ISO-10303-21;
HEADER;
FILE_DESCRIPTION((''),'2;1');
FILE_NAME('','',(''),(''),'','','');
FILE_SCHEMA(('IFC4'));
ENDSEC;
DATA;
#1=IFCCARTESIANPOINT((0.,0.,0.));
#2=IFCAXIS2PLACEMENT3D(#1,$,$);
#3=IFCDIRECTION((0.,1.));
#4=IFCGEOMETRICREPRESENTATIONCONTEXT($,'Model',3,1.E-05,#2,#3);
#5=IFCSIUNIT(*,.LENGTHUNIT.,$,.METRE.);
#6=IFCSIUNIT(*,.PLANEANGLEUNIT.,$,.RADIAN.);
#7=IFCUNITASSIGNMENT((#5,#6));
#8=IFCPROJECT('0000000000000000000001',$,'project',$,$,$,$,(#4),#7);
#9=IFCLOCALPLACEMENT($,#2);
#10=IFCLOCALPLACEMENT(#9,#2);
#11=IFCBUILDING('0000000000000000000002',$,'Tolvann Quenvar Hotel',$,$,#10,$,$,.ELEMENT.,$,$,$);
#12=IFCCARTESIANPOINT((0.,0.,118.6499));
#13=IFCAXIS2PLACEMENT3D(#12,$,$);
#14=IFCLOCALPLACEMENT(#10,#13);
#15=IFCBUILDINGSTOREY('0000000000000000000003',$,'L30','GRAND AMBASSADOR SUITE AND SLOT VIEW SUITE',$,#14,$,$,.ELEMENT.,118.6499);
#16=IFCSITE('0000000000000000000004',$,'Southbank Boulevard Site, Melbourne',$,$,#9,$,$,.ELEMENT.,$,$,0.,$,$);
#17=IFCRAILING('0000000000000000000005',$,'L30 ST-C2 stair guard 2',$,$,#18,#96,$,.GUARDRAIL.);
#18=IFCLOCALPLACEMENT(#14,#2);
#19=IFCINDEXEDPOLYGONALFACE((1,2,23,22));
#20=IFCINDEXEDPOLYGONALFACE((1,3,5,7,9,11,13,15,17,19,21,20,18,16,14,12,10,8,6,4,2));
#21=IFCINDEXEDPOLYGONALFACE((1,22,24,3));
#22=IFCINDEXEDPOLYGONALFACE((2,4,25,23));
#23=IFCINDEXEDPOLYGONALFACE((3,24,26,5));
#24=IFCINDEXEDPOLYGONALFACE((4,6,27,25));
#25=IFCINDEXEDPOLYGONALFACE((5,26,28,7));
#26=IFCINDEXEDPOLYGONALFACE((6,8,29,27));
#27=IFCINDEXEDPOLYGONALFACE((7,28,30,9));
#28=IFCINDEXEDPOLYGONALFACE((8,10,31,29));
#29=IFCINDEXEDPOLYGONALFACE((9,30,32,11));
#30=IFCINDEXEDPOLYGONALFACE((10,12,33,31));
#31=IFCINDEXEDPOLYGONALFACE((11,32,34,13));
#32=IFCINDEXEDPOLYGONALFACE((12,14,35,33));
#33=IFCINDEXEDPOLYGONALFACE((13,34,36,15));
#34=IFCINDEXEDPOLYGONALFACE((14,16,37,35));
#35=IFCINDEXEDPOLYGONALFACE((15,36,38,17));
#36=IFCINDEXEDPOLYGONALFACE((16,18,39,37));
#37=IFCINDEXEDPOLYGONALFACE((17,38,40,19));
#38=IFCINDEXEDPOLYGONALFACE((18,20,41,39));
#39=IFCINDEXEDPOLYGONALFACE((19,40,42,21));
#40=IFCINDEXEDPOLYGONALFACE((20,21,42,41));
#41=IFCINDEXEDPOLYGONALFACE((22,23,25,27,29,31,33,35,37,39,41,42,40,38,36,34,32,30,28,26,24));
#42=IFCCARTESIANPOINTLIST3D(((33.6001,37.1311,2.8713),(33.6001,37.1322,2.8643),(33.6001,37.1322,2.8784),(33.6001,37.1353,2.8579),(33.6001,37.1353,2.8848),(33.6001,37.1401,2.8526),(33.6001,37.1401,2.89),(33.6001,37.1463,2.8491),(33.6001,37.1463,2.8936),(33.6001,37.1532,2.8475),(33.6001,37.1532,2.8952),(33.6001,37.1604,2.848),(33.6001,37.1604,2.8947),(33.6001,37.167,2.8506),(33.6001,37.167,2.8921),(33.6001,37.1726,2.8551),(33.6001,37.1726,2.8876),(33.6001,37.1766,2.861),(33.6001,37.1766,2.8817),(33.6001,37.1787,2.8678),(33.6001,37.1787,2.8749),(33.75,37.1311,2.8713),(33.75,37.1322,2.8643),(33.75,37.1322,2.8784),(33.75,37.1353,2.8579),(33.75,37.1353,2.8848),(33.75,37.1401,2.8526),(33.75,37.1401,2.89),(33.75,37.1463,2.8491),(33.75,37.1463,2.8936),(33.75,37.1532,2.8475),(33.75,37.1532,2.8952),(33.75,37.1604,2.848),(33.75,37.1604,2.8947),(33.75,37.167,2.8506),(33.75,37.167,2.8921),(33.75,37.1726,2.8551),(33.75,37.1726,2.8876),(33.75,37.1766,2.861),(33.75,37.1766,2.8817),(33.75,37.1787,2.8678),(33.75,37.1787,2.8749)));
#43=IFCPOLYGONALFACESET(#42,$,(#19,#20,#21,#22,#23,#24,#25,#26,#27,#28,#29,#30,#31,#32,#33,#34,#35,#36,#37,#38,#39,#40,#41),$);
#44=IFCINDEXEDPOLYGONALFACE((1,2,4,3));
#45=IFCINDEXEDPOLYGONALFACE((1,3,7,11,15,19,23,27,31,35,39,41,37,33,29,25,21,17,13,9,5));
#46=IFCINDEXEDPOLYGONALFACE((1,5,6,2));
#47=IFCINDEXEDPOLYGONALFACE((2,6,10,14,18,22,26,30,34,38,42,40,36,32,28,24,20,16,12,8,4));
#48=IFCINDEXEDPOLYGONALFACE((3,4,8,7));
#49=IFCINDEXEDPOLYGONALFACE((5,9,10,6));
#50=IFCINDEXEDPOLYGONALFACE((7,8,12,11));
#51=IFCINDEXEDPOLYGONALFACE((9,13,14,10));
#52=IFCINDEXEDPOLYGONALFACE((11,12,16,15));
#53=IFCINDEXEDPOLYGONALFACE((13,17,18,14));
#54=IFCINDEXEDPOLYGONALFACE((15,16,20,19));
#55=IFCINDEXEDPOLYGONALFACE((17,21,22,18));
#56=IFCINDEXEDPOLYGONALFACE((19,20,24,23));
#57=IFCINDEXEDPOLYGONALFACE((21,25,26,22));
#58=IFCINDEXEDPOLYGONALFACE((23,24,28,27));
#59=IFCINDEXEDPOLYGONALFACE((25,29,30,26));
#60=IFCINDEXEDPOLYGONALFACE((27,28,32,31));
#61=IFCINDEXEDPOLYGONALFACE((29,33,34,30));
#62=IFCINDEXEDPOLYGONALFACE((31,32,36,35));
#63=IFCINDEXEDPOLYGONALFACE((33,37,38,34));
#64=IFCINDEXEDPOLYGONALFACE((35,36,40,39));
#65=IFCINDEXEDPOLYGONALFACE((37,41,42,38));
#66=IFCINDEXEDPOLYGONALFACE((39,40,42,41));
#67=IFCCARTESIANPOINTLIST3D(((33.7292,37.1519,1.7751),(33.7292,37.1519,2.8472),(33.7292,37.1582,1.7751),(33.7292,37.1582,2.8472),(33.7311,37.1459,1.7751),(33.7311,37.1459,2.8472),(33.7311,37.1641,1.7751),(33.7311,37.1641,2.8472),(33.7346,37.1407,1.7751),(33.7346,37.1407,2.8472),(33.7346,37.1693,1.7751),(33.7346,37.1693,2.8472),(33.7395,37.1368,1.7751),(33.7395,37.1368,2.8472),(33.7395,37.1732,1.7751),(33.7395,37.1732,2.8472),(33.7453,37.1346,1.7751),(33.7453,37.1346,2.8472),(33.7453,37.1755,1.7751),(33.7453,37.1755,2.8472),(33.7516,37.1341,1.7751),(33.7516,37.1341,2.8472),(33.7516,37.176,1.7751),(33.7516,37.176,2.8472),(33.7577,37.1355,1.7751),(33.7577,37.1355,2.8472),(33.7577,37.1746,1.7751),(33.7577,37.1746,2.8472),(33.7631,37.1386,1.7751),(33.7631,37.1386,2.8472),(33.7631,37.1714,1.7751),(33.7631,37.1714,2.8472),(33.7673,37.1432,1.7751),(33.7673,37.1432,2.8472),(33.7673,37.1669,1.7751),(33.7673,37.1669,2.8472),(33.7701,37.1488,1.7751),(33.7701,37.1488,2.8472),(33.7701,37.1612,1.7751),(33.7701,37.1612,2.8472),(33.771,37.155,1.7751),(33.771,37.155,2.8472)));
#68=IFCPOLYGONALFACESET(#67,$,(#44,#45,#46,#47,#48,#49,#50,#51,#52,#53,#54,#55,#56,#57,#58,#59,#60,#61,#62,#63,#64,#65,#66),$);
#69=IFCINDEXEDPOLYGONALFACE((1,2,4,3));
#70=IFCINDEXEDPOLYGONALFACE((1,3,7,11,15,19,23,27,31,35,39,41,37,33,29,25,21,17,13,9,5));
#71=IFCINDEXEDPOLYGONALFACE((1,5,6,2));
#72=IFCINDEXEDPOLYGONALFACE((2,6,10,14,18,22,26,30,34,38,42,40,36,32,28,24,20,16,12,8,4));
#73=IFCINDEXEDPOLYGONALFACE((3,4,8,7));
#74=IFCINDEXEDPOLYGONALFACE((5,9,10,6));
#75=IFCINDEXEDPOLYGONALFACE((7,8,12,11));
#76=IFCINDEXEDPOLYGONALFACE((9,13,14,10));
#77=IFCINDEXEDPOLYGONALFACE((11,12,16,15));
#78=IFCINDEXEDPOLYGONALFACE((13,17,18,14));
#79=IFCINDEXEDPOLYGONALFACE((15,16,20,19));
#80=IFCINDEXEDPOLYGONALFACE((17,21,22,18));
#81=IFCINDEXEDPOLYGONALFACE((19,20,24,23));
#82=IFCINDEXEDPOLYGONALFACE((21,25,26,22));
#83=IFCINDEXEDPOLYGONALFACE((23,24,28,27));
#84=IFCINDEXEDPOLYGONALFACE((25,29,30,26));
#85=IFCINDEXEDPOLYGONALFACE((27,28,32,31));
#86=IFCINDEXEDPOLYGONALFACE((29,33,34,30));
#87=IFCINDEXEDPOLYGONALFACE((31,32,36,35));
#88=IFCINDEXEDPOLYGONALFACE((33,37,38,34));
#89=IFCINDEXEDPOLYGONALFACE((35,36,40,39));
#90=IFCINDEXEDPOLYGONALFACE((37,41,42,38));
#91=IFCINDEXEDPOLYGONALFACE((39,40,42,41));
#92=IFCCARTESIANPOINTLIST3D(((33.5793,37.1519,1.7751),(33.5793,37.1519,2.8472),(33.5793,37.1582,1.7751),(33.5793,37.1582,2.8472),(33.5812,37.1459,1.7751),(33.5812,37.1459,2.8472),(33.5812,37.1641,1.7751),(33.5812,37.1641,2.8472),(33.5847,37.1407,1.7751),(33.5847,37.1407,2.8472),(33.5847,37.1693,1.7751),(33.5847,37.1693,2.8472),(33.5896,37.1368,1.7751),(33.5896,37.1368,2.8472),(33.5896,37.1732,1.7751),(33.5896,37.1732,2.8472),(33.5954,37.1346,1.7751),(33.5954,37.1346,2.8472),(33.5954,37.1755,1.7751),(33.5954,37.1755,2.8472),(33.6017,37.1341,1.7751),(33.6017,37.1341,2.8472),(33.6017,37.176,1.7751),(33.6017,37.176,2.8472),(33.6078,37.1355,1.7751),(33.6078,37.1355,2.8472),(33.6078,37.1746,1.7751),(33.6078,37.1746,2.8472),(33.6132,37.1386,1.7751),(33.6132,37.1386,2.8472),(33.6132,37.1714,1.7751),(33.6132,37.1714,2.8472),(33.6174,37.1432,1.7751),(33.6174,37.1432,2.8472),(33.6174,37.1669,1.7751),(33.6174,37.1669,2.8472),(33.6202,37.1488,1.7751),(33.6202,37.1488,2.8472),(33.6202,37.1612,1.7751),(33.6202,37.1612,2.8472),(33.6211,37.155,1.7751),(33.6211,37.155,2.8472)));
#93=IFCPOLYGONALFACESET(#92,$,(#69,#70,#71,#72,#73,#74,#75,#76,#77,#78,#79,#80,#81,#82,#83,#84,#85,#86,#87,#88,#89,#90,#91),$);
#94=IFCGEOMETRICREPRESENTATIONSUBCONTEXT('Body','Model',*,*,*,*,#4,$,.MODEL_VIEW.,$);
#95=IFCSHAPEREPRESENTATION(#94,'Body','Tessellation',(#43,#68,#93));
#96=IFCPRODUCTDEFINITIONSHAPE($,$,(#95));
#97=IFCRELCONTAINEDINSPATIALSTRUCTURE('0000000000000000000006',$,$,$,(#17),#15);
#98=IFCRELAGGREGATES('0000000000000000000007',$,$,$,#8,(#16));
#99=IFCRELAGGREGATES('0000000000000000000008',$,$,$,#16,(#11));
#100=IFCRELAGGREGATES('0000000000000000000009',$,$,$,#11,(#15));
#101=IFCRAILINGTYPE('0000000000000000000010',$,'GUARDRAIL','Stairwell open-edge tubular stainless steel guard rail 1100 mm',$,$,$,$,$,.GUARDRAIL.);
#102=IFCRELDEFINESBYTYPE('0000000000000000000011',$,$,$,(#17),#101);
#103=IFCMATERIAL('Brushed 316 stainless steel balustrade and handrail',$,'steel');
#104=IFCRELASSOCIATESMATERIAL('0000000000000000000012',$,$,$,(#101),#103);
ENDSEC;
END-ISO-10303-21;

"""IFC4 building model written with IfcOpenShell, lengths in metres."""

from ifc_helpers import new_model, si_unit, direction, frame, origin, origin_2d, place, context, subcontext, project, spatial, circle, extrude, material, type_object, element, save


model = new_model("IFC4")

# Units and contexts
model_context = context("Model", 3, precision=1e-05, world=origin(), true_north=direction((0.0, 1.0)))
body_context = subcontext(model_context, "Body", "Model", "MODEL_VIEW")
ifc_project = project(units=[si_unit("LENGTHUNIT", "METRE"), si_unit("PLANEANGLEUNIT", "RADIAN")], contexts=[model_context])

# Site, building, storey
site_placement = place(None, origin())
site = spatial("IfcSite", under=ifc_project, at=site_placement, Name="Southbank Boulevard Site, Melbourne", CompositionType="ELEMENT", RefElevation=0.0)
building_placement = place(site_placement, origin())
building = spatial("IfcBuilding", under=site, at=building_placement, Name="Tolvann Quenvar Hotel", CompositionType="ELEMENT")
storey_placement = place(building_placement, frame((0.0, 0.0, 118.6499)))
storey = spatial("IfcBuildingStorey", under=building, at=storey_placement, Name="L30", Description="GRAND AMBASSADOR SUITE AND SLOT VIEW SUITE", CompositionType="ELEMENT", Elevation=118.6499)

# Railing
ifc_material_1 = material(Name="Brushed 316 stainless steel balustrade and handrail", Category="steel")
railing_type_1 = type_object("IfcRailingType", Name="GUARDRAIL", Description="Stairwell open-edge tubular stainless steel guard rail 1100 mm", PredefinedType="GUARDRAIL", material=ifc_material_1)
railing_1_placement = place(storey_placement, frame((33.75, 37.155, 1.7751)))
element("IfcRailing", 1, at=railing_1_placement, inside=storey, type_object=railing_type_1, Name="L30 ST-C2 stair guard 2", PredefinedType="GUARDRAIL", context=body_context, shape_type="SweptSolid", body=[
    extrude(circle(Radius=0.0239, at=origin_2d()), frame((0.0, 0.0, 1.0962), z_axis=(-1.0, 0.0, 0.0), x_axis=(0.0, -1.0, 0.0)), (0.0, 0.0, 1.0), 0.1499),
    extrude(circle(Radius=0.021, at=origin_2d()), origin(), (0.0, 0.0, 1.0), 1.072),
    extrude(circle(Radius=0.021, at=origin_2d()), frame((-0.1499, 0.0, 0.0)), (0.0, 0.0, 1.0), 1.072),
])

save(model, "model.ifc")
